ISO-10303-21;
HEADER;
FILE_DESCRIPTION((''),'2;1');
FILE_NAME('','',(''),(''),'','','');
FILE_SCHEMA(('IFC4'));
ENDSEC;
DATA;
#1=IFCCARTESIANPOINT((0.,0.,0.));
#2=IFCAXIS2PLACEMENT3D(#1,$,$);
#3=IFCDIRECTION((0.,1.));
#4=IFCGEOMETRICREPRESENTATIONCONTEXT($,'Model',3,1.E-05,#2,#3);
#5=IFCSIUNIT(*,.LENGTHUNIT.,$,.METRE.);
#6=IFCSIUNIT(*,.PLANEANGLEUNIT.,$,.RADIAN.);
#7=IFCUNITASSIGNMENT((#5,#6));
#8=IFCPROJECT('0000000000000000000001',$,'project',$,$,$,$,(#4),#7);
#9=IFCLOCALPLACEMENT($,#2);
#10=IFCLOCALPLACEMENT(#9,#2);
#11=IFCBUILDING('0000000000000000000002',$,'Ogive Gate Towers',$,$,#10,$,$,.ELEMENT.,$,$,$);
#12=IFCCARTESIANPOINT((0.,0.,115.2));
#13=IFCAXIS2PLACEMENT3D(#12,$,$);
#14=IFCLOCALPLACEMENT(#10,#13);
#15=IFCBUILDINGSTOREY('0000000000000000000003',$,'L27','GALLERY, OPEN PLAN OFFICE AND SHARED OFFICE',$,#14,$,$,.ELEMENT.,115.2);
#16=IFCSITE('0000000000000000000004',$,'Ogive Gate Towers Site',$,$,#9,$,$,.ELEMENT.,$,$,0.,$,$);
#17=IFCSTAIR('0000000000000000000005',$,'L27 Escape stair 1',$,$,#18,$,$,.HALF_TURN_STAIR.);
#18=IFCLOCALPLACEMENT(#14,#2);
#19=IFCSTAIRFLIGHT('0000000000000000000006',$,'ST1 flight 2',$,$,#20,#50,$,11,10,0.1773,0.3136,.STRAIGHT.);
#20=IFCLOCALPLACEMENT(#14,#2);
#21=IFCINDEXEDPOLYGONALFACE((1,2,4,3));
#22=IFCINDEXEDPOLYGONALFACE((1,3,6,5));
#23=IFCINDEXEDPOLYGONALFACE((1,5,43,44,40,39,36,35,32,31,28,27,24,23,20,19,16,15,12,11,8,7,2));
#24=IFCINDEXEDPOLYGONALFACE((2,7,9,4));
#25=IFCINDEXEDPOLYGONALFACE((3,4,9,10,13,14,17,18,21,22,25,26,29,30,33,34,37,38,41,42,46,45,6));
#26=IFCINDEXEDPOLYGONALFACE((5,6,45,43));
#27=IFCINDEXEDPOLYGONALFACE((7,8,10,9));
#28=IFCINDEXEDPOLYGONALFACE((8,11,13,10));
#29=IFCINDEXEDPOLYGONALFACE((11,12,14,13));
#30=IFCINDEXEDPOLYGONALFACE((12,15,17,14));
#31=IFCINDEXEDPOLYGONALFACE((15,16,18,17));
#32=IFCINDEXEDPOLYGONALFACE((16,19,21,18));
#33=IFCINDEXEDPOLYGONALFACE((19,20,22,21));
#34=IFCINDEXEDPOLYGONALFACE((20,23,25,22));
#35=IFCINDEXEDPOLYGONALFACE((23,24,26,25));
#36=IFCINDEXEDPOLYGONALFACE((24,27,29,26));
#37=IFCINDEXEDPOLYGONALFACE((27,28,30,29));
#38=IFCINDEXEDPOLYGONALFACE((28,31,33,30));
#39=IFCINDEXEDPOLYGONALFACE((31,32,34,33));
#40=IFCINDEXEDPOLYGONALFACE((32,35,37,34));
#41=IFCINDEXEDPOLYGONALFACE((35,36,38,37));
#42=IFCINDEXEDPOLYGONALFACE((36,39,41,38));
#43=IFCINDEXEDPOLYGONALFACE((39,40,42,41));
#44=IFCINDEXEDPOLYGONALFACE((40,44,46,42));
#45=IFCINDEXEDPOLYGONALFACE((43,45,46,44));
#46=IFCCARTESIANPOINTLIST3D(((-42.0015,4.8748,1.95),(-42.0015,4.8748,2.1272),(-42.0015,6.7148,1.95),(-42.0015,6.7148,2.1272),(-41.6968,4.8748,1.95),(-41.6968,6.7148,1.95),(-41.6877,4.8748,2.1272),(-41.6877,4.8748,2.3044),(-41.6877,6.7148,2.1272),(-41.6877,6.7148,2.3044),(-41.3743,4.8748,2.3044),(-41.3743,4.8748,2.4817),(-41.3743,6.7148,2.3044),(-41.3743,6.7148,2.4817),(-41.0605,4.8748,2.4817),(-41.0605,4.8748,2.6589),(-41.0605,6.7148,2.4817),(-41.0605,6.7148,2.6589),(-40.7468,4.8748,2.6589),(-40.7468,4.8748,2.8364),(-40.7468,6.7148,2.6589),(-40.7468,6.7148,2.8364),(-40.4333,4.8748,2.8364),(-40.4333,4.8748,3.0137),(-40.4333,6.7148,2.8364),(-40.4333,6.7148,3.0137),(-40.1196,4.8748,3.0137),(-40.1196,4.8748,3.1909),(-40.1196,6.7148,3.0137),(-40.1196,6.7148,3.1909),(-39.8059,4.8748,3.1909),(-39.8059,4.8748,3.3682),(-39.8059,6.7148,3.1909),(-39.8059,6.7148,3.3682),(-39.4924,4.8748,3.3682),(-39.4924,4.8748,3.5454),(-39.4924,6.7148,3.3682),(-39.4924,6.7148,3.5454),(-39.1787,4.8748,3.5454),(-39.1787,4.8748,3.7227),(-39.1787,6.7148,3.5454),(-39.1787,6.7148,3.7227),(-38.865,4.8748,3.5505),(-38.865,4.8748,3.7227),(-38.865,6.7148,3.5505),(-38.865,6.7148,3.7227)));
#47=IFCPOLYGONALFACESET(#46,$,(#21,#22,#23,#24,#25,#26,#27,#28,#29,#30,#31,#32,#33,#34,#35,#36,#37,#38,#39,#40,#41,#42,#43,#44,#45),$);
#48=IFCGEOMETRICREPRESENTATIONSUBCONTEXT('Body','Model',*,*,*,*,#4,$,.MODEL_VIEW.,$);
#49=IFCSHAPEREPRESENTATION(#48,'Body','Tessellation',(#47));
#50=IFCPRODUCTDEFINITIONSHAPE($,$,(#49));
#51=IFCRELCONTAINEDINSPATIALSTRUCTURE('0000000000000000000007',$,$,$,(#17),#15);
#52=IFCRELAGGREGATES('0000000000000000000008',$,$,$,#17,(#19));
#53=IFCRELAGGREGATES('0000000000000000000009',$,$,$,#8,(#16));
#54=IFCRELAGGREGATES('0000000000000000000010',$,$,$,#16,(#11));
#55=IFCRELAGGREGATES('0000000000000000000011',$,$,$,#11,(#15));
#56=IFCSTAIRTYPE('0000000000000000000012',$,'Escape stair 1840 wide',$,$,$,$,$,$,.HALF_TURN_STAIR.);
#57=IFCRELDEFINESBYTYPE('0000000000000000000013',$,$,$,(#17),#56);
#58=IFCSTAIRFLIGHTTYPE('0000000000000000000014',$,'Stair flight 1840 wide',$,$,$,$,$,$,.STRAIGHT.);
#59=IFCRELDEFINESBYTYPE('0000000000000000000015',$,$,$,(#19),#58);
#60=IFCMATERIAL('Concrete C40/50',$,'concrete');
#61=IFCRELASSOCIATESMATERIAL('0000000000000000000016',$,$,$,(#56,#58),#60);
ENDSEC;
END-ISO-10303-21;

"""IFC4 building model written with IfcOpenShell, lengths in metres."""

from ifc_helpers import new_model, si_unit, direction, frame, origin, place, context, subcontext, project, spatial, polyline, outline, extrude, material, type_object, element, aggregate, save


model = new_model("IFC4")

# Units and contexts
model_context = context("Model", 3, precision=1e-05, world=origin(), true_north=direction((0.0, 1.0)))
body_context = subcontext(model_context, "Body", "Model", "MODEL_VIEW")
ifc_project = project(units=[si_unit("LENGTHUNIT", "METRE"), si_unit("PLANEANGLEUNIT", "RADIAN")], contexts=[model_context])

# Site, building, storey
site_placement = place(None, origin())
site = spatial("IfcSite", under=ifc_project, at=site_placement, Name="Ogive Gate Towers Site", CompositionType="ELEMENT", RefElevation=0.0)
building_placement = place(site_placement, origin())
building = spatial("IfcBuilding", under=site, at=building_placement, Name="Ogive Gate Towers", CompositionType="ELEMENT")
storey_placement = place(building_placement, frame((0.0, 0.0, 115.2)))
storey = spatial("IfcBuildingStorey", under=building, at=storey_placement, Name="L27", Description="GALLERY, OPEN PLAN OFFICE AND SHARED OFFICE", CompositionType="ELEMENT", Elevation=115.2)

# Stair, stair flight
ifc_material_1 = material(Name="Concrete C40/50", Category="concrete")
stair_type = type_object("IfcStairType", Name="Escape stair 1840 wide", PredefinedType="HALF_TURN_STAIR", material=ifc_material_1)
stair_placement = place(storey_placement, origin())
stair = element("IfcStair", 1, at=stair_placement, inside=storey, type_object=stair_type, Name="L27 Escape stair 1", PredefinedType="HALF_TURN_STAIR")
stair_flight_type = type_object("IfcStairFlightType", Name="Stair flight 1840 wide", PredefinedType="STRAIGHT", material=ifc_material_1)
stair_flight_1_placement = place(storey_placement, frame((-42.0015, 5.7949, 1.95), z_axis=(0.0, 0.0, 1.0), x_axis=(1.0, 0.0, 0.0)))
stair_flight_1 = element("IfcStairFlight", 2, at=stair_flight_1_placement, type_object=stair_flight_type, Name="ST1 flight 2", NumberOfRisers=11, NumberOfTreads=10, PredefinedType="STRAIGHT", RiserHeight=0.1773, TreadLength=0.3136, context=body_context, shape_type="SweptSolid", body=[
    extrude(outline(polyline([(0.0, 0.0), (0.0, 0.1772), (0.3137, 0.1772), (0.3137, 0.3545), (0.6272, 0.3545), (0.6272, 0.5317), (0.9409, 0.5317), (0.9409, 0.709), (1.2546, 0.709), (1.2546, 0.8865), (1.5681, 0.8865), (1.5681, 1.0637), (1.8818, 1.0637), (1.8818, 1.241), (2.1956, 1.241), (2.1956, 1.4182), (2.509, 1.4182), (2.509, 1.5955), (2.8228, 1.5955), (2.8228, 1.7727), (3.1365, 1.7727), (3.1365, 1.95), (3.1365, 1.6006), (0.3047, 0.0), (0.0, 0.0)])), frame((0.0, 0.9199, 0.0), z_axis=(0.0, -1.0, 0.0), x_axis=(1.0, 0.0, 0.0)), (0.0, 0.0, 1.0), 1.8401),
])
aggregate(stair, [stair_flight_1])

save(model, "model.ifc")
